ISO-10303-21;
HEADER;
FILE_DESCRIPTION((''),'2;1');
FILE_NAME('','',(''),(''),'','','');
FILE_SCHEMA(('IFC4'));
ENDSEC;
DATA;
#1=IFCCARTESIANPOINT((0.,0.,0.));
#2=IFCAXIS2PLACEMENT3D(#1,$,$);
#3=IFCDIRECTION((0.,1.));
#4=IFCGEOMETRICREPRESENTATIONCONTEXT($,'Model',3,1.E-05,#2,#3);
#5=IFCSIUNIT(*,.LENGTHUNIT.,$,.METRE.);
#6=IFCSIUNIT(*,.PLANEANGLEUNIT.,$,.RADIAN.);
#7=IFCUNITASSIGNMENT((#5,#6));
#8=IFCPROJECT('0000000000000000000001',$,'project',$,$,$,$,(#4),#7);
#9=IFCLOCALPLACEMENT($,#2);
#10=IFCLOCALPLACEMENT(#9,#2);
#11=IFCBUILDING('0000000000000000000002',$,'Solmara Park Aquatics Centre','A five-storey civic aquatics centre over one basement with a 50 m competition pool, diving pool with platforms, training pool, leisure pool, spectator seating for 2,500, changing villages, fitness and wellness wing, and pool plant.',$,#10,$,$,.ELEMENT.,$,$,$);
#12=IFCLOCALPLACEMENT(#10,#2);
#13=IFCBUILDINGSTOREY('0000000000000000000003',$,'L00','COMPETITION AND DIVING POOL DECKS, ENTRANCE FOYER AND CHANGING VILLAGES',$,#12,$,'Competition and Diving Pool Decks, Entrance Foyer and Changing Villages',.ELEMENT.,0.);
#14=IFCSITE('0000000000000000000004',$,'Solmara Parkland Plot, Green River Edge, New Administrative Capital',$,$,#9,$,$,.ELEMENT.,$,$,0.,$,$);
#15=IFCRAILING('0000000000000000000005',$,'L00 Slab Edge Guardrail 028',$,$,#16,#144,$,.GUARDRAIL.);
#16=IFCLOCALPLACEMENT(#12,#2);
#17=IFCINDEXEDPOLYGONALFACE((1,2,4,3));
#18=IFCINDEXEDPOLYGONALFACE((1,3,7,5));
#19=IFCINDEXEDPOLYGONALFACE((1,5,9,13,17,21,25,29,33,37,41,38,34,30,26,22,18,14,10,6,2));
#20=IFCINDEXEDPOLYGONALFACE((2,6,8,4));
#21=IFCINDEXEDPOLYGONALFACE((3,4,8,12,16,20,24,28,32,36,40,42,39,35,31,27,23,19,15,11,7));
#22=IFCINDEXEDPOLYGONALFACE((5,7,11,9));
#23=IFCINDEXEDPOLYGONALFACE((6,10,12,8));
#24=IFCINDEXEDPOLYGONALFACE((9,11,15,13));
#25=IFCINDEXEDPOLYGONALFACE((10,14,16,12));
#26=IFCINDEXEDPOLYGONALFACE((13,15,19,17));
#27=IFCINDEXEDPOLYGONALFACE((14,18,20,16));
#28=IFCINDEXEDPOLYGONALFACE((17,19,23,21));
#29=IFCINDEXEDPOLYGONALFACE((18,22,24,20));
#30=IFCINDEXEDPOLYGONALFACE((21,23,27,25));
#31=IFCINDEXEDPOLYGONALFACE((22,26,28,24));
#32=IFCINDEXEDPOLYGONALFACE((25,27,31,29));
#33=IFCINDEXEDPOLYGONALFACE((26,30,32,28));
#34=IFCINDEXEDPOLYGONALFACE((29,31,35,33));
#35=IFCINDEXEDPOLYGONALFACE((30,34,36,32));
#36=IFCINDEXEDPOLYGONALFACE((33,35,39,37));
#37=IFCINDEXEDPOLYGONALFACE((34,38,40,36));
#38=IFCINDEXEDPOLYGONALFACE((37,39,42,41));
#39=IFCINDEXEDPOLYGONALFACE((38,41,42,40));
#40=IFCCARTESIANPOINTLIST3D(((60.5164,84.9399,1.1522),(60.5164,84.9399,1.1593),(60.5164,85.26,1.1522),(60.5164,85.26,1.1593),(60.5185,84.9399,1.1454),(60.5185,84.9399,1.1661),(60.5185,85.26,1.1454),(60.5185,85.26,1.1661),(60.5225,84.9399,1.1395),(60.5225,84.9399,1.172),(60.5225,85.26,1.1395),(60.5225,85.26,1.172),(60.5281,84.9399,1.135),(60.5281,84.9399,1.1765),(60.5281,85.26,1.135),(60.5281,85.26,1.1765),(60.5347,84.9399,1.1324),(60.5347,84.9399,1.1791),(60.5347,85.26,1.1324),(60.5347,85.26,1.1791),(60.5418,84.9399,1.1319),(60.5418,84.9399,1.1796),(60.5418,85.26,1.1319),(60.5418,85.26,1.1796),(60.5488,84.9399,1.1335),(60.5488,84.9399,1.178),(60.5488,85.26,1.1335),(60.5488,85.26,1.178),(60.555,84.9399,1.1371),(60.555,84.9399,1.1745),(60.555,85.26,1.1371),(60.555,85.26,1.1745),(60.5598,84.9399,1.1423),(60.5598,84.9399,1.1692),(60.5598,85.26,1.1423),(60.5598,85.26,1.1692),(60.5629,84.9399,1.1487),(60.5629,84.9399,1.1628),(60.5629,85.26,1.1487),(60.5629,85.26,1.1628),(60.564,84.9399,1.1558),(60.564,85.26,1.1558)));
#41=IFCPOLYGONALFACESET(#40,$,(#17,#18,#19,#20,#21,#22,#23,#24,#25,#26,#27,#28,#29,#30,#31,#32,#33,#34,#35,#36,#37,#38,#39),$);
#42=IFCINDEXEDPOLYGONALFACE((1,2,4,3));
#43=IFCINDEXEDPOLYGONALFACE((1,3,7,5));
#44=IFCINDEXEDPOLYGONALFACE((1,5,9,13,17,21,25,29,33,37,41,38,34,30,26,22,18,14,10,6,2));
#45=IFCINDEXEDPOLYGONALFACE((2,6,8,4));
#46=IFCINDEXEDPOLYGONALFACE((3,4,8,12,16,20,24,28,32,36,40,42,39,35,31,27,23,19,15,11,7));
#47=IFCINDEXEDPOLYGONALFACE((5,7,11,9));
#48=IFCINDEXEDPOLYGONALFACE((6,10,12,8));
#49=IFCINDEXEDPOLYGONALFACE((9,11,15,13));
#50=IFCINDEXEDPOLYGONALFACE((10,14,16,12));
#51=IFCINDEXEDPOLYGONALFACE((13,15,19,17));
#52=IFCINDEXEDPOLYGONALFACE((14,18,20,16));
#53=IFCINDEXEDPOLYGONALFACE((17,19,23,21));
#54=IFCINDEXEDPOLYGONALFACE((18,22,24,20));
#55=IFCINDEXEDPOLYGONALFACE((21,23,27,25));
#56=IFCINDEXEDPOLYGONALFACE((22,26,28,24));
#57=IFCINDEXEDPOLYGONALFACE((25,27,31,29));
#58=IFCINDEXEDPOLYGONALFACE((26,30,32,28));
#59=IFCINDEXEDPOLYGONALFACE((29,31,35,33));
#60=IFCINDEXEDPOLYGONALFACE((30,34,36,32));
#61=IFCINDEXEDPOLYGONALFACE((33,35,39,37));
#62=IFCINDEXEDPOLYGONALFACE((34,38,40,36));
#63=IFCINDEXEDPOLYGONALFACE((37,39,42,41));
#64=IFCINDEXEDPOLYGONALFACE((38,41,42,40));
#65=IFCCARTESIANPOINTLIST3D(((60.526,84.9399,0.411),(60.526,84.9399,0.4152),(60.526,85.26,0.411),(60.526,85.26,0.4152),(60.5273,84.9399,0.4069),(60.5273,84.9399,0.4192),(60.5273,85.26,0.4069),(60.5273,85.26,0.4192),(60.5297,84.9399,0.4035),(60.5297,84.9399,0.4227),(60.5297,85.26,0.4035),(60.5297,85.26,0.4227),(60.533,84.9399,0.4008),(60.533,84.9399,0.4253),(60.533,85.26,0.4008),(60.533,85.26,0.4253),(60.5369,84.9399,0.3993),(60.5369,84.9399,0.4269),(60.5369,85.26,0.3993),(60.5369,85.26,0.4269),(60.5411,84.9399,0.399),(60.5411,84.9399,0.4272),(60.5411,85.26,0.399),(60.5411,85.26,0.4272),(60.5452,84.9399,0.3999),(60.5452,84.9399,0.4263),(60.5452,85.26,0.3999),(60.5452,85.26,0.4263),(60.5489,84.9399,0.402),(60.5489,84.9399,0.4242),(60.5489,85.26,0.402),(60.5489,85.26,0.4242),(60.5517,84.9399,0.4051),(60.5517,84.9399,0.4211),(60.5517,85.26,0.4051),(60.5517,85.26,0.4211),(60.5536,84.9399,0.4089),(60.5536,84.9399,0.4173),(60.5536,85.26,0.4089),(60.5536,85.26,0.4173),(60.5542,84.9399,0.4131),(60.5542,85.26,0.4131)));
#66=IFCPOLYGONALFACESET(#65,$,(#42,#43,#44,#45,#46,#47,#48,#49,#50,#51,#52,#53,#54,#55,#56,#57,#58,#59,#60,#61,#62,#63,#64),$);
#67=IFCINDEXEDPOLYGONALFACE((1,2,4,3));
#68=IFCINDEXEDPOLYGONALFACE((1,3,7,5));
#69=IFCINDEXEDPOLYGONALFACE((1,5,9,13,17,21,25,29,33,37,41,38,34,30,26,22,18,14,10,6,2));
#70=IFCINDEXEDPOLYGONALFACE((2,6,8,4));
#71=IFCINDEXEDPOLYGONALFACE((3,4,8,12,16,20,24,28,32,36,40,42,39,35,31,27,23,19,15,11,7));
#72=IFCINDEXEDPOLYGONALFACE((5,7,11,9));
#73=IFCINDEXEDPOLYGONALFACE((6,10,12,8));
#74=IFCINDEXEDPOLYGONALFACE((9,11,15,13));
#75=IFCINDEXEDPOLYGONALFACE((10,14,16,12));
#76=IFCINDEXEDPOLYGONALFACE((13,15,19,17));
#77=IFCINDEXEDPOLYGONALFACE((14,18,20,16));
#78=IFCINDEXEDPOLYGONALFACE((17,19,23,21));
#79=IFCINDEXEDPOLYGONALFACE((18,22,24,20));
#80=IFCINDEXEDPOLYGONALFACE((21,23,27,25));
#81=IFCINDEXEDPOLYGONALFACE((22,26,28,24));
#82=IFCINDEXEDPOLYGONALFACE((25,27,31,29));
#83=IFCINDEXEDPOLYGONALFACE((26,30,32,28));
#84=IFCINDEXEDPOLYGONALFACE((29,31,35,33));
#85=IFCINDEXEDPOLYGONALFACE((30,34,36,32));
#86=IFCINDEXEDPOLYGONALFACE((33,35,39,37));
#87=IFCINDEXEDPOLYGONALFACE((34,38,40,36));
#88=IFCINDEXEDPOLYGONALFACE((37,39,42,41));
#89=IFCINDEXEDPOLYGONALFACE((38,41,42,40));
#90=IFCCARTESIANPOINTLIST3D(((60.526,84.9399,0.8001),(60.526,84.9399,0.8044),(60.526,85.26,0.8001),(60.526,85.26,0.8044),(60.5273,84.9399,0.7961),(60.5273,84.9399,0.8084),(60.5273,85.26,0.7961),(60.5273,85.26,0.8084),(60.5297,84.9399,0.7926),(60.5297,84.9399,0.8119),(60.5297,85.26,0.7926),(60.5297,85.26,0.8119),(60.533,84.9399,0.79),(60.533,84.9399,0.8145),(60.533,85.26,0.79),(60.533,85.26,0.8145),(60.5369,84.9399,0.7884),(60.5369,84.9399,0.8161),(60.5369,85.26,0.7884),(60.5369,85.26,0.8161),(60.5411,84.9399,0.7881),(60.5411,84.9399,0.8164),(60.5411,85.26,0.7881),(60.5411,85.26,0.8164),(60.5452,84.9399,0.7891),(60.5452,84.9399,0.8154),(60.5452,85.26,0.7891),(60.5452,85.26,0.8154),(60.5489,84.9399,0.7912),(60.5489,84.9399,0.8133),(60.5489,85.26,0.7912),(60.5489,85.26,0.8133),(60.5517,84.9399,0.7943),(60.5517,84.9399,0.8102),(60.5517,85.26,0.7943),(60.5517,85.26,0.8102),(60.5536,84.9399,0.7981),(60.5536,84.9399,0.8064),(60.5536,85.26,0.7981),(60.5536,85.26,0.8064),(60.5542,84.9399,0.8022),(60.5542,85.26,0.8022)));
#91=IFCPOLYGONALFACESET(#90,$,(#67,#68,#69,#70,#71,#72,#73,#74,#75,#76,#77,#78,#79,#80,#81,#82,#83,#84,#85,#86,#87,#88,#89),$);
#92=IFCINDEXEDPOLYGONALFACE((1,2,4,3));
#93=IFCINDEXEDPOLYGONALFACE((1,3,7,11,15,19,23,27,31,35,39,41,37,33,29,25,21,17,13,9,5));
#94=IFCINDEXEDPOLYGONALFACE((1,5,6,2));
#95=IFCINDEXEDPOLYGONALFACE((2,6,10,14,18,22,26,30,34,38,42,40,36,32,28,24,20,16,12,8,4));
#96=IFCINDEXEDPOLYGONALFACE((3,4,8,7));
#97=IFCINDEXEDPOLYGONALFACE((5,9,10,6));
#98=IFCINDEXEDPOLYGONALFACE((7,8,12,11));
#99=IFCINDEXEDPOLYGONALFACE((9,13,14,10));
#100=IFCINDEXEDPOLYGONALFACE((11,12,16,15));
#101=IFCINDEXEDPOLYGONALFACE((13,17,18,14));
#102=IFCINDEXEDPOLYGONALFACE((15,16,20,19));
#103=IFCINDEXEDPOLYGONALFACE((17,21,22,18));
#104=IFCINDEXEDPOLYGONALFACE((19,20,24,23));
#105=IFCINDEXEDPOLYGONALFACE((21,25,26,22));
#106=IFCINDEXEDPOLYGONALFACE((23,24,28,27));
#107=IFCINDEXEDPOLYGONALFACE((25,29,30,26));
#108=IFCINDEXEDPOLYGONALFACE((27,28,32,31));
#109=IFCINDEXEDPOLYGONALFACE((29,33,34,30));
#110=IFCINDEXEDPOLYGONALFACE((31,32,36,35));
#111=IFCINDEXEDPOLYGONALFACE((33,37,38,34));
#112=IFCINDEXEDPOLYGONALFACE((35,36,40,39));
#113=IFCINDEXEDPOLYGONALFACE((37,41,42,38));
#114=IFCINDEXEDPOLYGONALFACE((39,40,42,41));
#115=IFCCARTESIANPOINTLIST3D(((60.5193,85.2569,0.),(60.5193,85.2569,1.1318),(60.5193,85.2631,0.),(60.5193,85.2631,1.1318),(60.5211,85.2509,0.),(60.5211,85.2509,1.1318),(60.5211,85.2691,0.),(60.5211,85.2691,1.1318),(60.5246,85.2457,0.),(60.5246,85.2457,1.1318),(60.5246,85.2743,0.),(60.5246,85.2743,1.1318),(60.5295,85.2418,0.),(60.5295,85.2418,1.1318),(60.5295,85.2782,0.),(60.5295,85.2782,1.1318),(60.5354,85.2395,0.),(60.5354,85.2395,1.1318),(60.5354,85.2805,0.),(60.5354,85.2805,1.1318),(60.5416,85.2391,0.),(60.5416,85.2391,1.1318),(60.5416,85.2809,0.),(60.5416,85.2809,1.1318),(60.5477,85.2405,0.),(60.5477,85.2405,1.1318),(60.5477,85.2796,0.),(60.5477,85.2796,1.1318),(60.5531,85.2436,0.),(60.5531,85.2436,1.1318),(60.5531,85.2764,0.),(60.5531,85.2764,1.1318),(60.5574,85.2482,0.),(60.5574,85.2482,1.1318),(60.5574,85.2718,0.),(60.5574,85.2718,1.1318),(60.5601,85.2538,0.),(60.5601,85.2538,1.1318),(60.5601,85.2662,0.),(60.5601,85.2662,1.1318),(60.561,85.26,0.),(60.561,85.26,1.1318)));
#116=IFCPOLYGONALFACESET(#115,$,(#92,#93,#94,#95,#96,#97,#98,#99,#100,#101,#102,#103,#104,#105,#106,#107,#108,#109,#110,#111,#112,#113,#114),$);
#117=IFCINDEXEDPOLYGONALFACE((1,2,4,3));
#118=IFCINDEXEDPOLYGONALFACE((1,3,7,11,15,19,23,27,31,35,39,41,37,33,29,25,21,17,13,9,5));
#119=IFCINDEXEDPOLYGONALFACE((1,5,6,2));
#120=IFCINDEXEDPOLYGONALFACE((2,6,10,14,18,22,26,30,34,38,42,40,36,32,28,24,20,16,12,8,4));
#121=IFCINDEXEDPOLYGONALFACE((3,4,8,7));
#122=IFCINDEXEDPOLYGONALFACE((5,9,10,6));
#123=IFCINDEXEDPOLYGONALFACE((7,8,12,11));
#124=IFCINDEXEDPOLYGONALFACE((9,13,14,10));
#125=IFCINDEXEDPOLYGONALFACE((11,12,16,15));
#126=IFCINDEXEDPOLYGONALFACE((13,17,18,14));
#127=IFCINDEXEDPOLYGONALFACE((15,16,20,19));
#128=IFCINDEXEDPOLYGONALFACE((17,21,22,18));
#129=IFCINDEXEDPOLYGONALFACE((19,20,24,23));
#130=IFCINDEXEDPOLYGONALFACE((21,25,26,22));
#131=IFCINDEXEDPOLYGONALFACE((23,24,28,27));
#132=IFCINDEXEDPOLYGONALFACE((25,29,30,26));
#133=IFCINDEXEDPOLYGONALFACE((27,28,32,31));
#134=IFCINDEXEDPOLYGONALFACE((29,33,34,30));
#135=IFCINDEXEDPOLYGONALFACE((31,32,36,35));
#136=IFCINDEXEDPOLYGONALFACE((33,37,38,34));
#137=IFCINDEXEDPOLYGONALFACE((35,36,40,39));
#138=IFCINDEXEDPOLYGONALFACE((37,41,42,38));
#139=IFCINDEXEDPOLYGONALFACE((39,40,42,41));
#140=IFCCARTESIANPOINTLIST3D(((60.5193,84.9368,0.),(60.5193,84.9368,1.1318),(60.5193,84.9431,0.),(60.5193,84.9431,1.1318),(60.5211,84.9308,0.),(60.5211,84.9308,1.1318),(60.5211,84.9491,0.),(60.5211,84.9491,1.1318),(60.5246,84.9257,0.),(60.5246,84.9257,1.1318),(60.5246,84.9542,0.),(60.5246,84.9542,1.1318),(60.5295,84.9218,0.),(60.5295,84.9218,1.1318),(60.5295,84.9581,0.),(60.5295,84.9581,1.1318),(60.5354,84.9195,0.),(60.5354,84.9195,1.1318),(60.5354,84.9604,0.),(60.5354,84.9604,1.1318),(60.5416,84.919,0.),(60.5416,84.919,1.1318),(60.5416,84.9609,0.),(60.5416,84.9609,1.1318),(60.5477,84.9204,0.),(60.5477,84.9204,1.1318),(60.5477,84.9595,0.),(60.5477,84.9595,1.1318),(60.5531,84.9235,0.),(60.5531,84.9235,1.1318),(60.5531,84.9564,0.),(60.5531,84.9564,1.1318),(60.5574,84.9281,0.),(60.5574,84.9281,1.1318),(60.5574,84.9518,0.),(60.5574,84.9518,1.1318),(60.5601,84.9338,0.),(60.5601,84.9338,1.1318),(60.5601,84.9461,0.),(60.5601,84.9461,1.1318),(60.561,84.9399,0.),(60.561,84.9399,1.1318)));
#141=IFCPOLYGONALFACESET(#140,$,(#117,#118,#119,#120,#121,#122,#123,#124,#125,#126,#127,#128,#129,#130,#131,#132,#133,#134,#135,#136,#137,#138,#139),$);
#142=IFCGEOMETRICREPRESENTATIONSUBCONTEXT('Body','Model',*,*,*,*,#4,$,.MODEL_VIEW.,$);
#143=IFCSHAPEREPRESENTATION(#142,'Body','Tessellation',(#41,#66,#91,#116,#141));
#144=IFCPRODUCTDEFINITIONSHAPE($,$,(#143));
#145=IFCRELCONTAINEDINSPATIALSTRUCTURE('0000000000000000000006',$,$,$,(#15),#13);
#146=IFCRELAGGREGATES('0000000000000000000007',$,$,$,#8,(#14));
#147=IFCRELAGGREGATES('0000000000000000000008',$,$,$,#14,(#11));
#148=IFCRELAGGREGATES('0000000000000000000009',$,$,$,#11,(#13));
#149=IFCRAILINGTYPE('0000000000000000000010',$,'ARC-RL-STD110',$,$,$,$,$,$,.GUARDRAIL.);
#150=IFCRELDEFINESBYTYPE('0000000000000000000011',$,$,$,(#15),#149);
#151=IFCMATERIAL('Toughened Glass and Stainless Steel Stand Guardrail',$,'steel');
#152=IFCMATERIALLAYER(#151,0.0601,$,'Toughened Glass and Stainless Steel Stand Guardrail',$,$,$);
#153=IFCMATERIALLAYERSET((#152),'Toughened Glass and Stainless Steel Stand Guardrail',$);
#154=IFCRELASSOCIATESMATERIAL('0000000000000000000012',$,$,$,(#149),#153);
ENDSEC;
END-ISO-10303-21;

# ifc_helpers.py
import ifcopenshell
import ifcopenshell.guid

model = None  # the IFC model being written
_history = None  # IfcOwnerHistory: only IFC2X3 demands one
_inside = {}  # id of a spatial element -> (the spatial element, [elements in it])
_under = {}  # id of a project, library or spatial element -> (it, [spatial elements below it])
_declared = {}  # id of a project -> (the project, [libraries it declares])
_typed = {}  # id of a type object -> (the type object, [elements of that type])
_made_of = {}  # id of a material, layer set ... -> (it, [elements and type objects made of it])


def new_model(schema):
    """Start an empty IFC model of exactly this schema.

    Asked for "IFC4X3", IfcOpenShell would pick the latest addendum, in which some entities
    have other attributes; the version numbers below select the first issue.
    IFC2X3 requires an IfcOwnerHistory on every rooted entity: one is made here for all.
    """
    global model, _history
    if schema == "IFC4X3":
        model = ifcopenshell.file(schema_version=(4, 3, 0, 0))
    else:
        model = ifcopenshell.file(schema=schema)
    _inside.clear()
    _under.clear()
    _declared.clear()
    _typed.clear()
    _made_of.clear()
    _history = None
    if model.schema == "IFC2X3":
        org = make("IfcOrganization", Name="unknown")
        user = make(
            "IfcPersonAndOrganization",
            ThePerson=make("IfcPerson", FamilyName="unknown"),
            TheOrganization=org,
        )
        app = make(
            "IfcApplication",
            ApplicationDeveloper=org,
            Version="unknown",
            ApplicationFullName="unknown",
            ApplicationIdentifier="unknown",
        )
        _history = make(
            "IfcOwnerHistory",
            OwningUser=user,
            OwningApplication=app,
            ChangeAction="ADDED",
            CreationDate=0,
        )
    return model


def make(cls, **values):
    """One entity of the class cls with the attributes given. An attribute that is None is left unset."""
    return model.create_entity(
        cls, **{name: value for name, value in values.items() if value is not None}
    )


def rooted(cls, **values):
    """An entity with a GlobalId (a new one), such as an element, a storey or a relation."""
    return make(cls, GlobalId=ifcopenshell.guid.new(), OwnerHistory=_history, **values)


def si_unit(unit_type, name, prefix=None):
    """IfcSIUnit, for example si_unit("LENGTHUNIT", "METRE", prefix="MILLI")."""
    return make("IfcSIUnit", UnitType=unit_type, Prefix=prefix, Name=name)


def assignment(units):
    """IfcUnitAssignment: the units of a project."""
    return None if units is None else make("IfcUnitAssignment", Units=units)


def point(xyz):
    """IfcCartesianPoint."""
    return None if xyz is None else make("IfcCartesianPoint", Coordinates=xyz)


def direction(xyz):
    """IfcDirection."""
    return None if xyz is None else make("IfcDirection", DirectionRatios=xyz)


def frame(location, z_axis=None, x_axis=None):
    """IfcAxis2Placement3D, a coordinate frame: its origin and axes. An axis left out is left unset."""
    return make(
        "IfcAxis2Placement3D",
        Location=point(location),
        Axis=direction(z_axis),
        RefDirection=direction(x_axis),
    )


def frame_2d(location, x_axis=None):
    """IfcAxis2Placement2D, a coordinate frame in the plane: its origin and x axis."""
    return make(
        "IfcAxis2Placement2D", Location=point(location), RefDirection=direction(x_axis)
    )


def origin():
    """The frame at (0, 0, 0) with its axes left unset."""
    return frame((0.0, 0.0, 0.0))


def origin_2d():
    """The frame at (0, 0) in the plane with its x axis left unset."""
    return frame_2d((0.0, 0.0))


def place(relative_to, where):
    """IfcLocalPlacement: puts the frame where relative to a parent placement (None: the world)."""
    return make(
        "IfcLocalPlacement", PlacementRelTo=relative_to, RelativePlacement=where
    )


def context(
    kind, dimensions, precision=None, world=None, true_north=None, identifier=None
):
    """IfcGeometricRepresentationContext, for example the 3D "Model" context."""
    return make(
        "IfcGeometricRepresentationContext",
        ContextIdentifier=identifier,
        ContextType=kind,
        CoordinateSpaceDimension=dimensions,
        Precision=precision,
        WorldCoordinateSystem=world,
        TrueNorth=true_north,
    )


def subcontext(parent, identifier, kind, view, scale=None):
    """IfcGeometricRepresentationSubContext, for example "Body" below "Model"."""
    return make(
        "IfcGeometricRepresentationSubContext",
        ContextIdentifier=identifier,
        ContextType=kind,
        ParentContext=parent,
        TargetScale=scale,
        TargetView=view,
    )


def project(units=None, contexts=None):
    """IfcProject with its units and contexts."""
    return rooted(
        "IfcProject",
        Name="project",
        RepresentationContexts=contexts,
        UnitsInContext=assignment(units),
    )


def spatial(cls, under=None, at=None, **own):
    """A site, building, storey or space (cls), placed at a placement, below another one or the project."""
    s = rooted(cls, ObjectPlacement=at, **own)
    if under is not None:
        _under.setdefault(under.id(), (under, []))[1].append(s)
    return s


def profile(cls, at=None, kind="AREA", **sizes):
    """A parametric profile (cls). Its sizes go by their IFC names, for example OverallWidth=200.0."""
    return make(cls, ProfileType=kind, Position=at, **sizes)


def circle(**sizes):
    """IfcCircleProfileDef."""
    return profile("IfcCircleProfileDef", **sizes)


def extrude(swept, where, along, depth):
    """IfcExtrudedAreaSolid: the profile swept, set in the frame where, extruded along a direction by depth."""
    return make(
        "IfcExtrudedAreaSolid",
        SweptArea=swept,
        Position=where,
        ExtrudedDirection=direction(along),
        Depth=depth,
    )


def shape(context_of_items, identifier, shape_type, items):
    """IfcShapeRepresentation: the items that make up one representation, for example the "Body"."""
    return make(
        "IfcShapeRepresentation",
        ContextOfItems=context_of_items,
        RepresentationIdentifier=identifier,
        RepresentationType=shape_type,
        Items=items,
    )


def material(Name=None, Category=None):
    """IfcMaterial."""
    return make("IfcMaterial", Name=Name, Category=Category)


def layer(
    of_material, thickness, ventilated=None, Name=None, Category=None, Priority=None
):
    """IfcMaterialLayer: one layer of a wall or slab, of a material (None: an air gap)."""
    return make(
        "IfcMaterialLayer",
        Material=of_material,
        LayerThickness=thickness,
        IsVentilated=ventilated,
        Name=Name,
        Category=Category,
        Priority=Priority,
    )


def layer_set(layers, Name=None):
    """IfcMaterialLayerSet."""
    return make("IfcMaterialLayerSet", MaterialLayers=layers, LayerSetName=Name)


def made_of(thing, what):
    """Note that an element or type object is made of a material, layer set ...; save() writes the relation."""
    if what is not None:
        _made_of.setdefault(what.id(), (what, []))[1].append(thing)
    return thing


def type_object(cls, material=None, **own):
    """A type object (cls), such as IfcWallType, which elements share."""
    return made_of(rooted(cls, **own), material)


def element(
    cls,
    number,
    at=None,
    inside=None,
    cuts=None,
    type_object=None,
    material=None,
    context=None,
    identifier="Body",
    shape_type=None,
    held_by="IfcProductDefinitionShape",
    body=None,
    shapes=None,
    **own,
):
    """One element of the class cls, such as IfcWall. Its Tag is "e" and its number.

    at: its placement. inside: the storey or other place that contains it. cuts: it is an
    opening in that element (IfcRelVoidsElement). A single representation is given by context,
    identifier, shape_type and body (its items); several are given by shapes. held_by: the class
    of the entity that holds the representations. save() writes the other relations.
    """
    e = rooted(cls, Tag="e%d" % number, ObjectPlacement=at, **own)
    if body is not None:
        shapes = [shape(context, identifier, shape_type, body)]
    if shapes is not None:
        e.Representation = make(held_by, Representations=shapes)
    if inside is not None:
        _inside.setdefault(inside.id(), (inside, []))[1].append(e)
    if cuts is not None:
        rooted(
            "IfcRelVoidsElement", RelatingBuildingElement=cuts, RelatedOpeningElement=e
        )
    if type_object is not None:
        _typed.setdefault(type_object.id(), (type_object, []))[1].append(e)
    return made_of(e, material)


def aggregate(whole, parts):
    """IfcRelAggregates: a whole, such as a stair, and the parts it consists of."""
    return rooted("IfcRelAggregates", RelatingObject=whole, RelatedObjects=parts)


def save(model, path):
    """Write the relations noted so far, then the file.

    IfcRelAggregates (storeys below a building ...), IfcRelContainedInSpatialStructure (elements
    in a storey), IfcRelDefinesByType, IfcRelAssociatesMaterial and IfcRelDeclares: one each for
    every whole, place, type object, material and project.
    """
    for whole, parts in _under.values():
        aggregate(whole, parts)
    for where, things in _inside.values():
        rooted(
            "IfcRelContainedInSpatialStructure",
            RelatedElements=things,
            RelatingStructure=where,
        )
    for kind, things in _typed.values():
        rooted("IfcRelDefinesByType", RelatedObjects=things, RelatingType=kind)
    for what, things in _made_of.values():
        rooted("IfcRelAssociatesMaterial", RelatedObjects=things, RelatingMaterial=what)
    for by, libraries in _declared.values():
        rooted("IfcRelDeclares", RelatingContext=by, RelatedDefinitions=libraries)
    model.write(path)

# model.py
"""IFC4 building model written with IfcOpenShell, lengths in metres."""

from ifc_helpers import new_model, si_unit, direction, frame, origin, origin_2d, place, context, subcontext, project, spatial, circle, extrude, material, layer, layer_set, type_object, element, save


model = new_model("IFC4")

# Units and contexts
model_context = context("Model", 3, precision=1e-05, world=origin(), true_north=direction((0.0, 1.0)))
body_context = subcontext(model_context, "Body", "Model", "MODEL_VIEW")
ifc_project = project(units=[si_unit("LENGTHUNIT", "METRE"), si_unit("PLANEANGLEUNIT", "RADIAN")], contexts=[model_context])

# Site, building, storey
site_placement = place(None, origin())
site = spatial("IfcSite", under=ifc_project, at=site_placement, Name="Solmara Parkland Plot, Green River Edge, New Administrative Capital", CompositionType="ELEMENT", RefElevation=0.0)
building_placement = place(site_placement, origin())
building = spatial("IfcBuilding", under=site, at=building_placement, Name="Solmara Park Aquatics Centre", Description="A five-storey civic aquatics centre over one basement with a 50 m competition pool, diving pool with platforms, training pool, leisure pool, spectator seating for 2,500, changing villages, fitness and wellness wing, and pool plant.", CompositionType="ELEMENT")
storey_placement = place(building_placement, origin())
storey = spatial("IfcBuildingStorey", under=building, at=storey_placement, Name="L00", Description="COMPETITION AND DIVING POOL DECKS, ENTRANCE FOYER AND CHANGING VILLAGES", LongName="Competition and Diving Pool Decks, Entrance Foyer and Changing Villages", CompositionType="ELEMENT", Elevation=0.0)

# Railing
ifc_material_1 = material(Name="Toughened Glass and Stainless Steel Stand Guardrail", Category="steel")
ifc_layer_1 = layer(ifc_material_1, 0.0601, Name="Toughened Glass and Stainless Steel Stand Guardrail")
ifc_layer_set_1 = layer_set([ifc_layer_1], Name="Toughened Glass and Stainless Steel Stand Guardrail")
railing_type = type_object("IfcRailingType", Name="ARC-RL-STD110", PredefinedType="GUARDRAIL", material=ifc_layer_set_1)
railing_1_placement = place(storey_placement, frame((60.54, 85.26, 0.0)))
element("IfcRailing", 1, at=railing_1_placement, inside=storey, type_object=railing_type, Name="L00 Slab Edge Guardrail 028", PredefinedType="GUARDRAIL", context=body_context, shape_type="SweptSolid", body=[
    extrude(circle(Radius=0.0239, at=origin_2d()), frame((0.0, 0.0, 1.1558), z_axis=(0.0, -1.0, 0.0), x_axis=(1.0, 0.0, 0.0)), (0.0, 0.0, 1.0), 0.3201),
    extrude(circle(Radius=0.0142, at=origin_2d()), frame((0.0, 0.0, 0.4131), z_axis=(0.0, -1.0, 0.0), x_axis=(1.0, 0.0, 0.0)), (0.0, 0.0, 1.0), 0.3201),
    extrude(circle(Radius=0.0142, at=origin_2d()), frame((0.0, 0.0, 0.8022), z_axis=(0.0, -1.0, 0.0), x_axis=(1.0, 0.0, 0.0)), (0.0, 0.0, 1.0), 0.3201),
    extrude(circle(Radius=0.021, at=origin_2d()), origin(), (0.0, 0.0, 1.0), 1.1318),
    extrude(circle(Radius=0.021, at=origin_2d()), frame((0.0, -0.3201, 0.0)), (0.0, 0.0, 1.0), 1.1318),
])

save(model, "model.ifc")
